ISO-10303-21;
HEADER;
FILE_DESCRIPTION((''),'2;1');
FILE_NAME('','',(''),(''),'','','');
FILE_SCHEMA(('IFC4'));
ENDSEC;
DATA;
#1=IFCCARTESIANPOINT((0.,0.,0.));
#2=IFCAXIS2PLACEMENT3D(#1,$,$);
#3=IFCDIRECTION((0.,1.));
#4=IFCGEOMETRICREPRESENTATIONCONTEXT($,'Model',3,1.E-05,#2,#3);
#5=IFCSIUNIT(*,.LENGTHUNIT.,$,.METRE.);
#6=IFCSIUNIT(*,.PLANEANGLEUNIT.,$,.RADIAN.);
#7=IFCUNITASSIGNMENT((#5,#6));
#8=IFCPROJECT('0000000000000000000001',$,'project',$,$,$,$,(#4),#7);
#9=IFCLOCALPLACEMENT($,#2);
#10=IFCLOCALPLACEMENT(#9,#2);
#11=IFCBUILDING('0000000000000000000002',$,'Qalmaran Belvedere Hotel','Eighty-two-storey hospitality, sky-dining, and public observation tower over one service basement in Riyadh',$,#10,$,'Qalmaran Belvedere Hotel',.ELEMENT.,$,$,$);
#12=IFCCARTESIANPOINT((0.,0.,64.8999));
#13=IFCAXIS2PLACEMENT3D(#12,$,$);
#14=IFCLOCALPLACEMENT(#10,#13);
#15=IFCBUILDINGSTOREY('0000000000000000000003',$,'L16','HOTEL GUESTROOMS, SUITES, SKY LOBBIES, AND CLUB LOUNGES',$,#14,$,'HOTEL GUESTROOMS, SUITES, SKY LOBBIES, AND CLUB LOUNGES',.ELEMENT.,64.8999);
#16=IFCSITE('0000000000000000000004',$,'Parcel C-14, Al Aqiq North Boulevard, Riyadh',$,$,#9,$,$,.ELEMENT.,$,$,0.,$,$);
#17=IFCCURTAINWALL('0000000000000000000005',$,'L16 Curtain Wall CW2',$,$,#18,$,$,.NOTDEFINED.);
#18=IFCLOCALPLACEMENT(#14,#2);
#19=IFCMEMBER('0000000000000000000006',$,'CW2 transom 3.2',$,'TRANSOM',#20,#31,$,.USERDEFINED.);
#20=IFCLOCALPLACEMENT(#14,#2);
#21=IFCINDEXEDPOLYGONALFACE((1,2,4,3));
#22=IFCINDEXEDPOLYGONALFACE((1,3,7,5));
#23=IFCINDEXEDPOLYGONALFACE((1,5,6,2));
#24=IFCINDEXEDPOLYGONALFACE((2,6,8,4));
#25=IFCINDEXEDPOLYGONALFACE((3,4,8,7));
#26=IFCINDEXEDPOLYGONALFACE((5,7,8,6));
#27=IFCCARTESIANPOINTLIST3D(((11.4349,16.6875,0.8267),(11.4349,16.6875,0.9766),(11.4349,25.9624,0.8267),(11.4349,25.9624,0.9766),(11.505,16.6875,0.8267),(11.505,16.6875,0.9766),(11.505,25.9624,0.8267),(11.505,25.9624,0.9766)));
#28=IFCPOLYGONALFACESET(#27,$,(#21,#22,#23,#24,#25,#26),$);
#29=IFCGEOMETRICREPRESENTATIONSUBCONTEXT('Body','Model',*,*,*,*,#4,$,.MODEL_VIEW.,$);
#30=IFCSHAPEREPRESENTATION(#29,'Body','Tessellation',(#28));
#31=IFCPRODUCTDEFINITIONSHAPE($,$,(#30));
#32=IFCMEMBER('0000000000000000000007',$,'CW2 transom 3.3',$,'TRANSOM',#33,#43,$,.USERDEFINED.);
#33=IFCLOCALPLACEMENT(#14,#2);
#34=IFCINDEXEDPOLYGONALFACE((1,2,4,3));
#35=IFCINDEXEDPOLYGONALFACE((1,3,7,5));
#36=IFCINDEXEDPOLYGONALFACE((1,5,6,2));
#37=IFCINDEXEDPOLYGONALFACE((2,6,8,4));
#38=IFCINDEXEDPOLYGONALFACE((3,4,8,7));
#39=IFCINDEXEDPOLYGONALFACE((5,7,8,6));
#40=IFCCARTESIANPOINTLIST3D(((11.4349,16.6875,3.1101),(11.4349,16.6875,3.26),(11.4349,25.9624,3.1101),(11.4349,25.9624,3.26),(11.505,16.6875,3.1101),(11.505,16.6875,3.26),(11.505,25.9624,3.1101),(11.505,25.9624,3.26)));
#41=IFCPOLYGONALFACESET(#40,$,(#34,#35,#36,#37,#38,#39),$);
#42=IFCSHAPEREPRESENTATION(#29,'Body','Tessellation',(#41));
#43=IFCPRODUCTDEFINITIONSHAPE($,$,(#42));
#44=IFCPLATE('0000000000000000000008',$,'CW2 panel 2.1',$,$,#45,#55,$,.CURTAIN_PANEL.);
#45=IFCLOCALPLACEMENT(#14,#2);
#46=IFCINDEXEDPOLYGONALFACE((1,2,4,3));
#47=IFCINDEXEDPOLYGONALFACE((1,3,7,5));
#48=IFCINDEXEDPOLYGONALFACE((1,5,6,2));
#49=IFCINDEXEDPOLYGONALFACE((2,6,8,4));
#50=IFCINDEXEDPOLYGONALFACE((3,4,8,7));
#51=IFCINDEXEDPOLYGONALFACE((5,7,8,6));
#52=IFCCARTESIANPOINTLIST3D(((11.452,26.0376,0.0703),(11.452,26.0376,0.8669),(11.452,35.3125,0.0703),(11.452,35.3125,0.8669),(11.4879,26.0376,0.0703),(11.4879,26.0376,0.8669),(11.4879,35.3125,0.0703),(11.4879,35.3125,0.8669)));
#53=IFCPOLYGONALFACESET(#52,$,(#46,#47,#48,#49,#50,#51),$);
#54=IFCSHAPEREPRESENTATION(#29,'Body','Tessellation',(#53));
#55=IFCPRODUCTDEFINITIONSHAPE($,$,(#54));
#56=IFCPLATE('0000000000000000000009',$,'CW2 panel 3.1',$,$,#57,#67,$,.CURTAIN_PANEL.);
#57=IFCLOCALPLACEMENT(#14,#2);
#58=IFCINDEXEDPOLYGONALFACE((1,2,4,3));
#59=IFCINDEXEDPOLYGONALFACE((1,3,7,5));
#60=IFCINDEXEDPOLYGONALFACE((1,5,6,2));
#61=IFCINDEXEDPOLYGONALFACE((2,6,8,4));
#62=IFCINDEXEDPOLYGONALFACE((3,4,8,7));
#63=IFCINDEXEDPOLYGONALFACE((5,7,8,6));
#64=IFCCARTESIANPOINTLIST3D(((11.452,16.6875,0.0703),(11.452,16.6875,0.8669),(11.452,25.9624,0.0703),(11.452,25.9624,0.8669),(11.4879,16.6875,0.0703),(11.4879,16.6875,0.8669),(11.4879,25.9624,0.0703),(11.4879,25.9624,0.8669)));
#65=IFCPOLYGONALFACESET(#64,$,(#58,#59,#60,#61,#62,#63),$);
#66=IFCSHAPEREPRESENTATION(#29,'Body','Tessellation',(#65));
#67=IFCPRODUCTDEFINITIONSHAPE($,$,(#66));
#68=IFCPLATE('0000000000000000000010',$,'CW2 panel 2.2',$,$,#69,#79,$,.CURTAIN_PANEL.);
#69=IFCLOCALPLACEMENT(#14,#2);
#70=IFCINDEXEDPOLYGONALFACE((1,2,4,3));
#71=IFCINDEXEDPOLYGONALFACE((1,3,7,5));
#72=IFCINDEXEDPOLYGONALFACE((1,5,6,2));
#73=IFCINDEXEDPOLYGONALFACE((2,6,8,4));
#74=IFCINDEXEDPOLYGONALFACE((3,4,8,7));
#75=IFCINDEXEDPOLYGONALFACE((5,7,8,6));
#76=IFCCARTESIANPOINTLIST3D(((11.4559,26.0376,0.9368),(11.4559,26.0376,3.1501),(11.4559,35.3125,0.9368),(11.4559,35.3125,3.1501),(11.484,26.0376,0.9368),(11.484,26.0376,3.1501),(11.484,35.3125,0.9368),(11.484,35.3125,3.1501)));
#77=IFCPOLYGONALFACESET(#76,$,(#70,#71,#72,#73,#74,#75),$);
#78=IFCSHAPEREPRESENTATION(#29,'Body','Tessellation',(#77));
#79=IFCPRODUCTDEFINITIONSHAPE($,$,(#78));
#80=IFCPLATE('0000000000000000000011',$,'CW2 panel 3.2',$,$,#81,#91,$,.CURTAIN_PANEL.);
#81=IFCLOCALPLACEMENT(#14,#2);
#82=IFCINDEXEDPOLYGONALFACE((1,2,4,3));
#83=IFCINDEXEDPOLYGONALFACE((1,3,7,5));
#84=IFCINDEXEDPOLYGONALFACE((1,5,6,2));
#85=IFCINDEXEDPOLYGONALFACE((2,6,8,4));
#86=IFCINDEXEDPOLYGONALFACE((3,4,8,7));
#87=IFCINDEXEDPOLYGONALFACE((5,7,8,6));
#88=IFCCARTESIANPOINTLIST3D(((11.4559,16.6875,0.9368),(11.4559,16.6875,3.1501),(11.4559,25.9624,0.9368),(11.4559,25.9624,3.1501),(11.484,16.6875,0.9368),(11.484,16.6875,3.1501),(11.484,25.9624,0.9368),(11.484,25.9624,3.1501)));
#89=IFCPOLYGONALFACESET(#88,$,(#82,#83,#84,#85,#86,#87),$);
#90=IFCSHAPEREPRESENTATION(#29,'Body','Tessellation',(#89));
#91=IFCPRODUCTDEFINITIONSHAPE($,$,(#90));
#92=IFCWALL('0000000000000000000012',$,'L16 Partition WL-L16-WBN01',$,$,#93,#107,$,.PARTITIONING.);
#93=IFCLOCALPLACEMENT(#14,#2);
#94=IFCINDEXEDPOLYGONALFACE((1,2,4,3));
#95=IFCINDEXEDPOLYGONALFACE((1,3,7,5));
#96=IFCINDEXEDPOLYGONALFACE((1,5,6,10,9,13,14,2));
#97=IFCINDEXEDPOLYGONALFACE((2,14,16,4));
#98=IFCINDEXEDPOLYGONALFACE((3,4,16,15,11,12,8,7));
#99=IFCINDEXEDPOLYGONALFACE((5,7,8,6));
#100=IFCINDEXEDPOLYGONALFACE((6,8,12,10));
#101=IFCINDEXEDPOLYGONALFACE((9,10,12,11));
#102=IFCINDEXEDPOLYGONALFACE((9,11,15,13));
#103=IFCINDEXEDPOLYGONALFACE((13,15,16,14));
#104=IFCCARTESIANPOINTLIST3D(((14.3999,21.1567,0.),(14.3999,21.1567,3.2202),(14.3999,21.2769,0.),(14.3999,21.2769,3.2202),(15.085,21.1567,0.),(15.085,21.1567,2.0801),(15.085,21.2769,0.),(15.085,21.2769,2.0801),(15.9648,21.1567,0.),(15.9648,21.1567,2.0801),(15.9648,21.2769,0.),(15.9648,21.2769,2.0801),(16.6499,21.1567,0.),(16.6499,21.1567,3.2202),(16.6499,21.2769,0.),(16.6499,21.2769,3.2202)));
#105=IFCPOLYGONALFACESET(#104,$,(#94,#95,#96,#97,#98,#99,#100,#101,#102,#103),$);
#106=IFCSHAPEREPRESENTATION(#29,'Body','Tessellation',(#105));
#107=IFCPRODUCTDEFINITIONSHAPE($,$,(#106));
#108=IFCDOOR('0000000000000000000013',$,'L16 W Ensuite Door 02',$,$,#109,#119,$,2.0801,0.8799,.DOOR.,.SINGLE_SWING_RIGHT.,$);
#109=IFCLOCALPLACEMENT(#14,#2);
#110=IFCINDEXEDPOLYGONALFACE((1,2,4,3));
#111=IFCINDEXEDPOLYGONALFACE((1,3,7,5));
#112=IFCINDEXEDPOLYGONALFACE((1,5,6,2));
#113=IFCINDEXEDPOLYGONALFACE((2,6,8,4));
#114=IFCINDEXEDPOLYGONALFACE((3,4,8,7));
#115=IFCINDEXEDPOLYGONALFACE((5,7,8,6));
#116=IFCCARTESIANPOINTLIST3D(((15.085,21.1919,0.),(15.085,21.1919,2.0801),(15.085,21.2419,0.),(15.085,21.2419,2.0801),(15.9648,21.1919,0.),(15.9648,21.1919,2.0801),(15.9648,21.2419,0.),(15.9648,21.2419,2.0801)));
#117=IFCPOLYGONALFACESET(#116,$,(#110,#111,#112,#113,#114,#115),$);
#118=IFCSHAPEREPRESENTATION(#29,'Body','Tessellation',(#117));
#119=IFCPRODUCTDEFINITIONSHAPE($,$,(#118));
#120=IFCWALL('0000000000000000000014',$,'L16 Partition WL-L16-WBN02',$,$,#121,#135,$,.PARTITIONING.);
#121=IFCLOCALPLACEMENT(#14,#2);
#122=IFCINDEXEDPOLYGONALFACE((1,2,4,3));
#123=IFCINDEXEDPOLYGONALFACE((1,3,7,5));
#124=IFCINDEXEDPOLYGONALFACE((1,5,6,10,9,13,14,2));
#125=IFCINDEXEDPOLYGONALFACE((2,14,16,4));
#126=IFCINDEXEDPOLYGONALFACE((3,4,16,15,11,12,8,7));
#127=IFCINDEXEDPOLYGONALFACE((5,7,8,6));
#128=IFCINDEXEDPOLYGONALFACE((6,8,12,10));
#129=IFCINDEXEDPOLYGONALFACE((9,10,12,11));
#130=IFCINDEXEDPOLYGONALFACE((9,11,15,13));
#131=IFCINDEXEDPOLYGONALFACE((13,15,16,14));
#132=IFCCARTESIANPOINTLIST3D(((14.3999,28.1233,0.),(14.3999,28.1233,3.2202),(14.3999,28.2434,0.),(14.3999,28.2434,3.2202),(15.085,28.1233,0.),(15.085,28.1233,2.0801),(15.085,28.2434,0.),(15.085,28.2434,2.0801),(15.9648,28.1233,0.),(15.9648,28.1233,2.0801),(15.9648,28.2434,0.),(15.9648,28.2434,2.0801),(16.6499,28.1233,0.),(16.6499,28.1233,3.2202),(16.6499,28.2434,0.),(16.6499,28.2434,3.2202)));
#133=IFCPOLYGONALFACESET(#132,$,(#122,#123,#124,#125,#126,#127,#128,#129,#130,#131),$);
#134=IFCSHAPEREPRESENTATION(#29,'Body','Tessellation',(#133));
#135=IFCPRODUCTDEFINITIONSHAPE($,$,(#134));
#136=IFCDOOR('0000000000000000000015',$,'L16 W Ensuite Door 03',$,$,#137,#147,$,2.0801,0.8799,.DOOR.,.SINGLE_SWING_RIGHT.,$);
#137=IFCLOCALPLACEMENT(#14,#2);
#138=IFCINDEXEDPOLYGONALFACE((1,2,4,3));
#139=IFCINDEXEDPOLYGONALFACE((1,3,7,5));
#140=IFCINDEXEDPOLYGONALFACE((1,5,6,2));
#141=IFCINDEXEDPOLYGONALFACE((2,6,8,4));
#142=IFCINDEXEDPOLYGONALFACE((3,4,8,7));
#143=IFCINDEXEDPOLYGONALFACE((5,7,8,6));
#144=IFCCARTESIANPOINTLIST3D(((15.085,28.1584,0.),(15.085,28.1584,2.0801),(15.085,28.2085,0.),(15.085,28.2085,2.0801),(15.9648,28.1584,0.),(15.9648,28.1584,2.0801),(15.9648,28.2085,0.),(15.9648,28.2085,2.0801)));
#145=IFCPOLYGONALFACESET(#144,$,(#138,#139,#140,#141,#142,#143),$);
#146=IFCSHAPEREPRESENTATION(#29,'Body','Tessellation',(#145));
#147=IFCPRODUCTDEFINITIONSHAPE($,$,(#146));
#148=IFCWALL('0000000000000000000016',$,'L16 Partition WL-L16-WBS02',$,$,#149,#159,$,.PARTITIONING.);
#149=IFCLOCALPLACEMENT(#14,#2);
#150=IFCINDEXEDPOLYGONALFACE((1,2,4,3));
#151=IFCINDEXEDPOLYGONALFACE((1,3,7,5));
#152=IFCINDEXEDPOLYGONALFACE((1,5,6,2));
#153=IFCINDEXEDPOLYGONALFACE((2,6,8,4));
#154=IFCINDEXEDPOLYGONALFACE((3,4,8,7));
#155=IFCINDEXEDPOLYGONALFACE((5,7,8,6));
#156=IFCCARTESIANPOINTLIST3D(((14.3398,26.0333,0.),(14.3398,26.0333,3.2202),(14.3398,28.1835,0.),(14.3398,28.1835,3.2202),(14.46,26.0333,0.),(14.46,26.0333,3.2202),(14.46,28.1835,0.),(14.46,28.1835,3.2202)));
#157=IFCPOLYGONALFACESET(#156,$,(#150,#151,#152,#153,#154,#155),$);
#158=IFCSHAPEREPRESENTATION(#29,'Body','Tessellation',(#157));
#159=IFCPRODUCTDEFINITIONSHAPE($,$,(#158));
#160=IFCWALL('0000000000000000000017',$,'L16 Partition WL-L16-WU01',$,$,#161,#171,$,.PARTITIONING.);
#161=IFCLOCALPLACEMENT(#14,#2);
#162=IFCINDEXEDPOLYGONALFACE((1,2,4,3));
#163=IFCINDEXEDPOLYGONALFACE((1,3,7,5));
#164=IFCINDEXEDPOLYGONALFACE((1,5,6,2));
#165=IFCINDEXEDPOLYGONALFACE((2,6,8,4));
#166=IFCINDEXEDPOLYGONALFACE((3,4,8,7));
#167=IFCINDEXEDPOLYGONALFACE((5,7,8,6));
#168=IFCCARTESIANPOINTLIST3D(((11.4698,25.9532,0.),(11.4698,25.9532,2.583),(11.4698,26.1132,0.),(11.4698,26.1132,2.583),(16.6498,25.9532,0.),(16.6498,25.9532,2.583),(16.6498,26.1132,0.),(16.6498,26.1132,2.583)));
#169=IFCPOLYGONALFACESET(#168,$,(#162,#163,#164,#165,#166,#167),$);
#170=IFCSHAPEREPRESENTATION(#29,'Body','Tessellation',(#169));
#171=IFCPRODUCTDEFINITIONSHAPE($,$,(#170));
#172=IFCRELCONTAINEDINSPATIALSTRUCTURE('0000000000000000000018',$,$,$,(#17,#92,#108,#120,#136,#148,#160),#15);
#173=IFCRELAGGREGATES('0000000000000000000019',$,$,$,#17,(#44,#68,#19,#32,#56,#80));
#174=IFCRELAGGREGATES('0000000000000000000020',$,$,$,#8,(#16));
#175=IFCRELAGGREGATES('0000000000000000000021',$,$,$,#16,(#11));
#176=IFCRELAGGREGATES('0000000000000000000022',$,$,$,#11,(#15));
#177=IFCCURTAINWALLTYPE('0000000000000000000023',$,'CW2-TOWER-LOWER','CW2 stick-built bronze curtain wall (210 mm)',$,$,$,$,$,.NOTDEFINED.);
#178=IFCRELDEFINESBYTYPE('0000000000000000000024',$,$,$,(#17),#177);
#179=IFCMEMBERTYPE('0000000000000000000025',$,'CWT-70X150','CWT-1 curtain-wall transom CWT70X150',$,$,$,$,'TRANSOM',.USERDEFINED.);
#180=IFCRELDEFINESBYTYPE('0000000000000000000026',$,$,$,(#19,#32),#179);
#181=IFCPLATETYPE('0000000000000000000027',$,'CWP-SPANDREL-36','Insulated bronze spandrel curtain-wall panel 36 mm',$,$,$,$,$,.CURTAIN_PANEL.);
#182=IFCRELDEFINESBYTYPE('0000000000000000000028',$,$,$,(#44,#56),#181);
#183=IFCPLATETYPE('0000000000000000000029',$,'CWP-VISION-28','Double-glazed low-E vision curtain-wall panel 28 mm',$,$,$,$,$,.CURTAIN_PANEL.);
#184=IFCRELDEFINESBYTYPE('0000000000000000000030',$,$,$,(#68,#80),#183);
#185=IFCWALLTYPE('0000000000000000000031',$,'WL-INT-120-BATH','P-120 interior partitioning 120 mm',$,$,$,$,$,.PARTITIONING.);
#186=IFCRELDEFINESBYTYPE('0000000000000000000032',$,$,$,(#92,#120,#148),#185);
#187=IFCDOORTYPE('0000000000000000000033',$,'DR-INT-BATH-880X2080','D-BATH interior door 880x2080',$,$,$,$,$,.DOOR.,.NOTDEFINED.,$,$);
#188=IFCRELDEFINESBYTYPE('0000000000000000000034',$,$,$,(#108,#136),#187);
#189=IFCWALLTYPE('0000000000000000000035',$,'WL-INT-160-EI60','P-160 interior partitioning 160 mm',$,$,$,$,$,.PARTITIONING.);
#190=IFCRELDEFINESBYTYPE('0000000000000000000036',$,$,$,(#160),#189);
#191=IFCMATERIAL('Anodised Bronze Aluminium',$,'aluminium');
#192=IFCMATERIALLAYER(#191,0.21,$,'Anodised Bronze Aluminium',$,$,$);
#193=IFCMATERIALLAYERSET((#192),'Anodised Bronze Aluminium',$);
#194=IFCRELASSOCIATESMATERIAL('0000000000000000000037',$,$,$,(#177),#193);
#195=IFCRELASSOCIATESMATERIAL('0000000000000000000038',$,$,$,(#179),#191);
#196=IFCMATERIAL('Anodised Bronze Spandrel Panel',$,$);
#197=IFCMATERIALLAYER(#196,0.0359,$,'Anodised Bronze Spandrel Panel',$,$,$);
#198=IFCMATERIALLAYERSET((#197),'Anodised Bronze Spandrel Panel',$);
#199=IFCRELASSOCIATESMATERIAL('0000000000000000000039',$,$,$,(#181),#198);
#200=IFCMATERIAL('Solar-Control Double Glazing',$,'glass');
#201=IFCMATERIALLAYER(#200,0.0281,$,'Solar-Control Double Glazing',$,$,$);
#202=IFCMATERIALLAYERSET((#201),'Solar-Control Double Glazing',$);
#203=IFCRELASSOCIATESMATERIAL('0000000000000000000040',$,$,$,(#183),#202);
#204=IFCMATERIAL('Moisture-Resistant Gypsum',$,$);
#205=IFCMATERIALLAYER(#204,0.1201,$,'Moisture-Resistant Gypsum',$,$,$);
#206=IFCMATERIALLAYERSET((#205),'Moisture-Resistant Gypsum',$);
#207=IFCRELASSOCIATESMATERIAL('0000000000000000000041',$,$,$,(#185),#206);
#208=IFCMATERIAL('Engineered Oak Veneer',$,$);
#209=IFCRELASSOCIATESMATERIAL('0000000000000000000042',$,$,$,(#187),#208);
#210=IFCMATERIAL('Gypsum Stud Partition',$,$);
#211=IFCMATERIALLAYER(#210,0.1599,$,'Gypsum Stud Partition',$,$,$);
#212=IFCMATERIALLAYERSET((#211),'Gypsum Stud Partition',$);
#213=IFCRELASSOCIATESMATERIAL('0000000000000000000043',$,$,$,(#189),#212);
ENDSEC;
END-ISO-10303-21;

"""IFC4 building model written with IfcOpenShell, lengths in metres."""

from ifc_helpers import new_model, si_unit, direction, frame, frame_2d, origin, origin_2d, place, context, subcontext, project, spatial, rectangle, extrude, material, layer, layer_set, material_profile, profile_set, type_object, element, fill, aggregate, save


model = new_model("IFC4")

# Units and contexts
model_context = context("Model", 3, precision=1e-05, world=origin(), true_north=direction((0.0, 1.0)))
body_context = subcontext(model_context, "Body", "Model", "MODEL_VIEW")
ifc_project = project(units=[si_unit("LENGTHUNIT", "METRE"), si_unit("PLANEANGLEUNIT", "RADIAN")], contexts=[model_context])

# Site, building, storey
site_placement = place(None, origin())
site = spatial("IfcSite", under=ifc_project, at=site_placement, Name="Parcel C-14, Al Aqiq North Boulevard, Riyadh", CompositionType="ELEMENT", RefElevation=0.0)
building_placement = place(site_placement, origin())
building = spatial("IfcBuilding", under=site, at=building_placement, Name="Qalmaran Belvedere Hotel", Description="Eighty-two-storey hospitality, sky-dining, and public observation tower over one service basement in Riyadh", LongName="Qalmaran Belvedere Hotel", CompositionType="ELEMENT")
storey_placement = place(building_placement, frame((0.0, 0.0, 64.8999)))
storey = spatial("IfcBuildingStorey", under=building, at=storey_placement, Name="L16", Description="HOTEL GUESTROOMS, SUITES, SKY LOBBIES, AND CLUB LOUNGES", LongName="HOTEL GUESTROOMS, SUITES, SKY LOBBIES, AND CLUB LOUNGES", CompositionType="ELEMENT", Elevation=64.8999)

# Curtain wall, members, plates
ifc_material_1 = material(Name="Anodised Bronze Aluminium", Category="aluminium")
ifc_layer_1 = layer(ifc_material_1, 0.21, Name="Anodised Bronze Aluminium")
ifc_layer_set_1 = layer_set([ifc_layer_1], Name="Anodised Bronze Aluminium")
curtain_wall_type = type_object("IfcCurtainWallType", Name="CW2-TOWER-LOWER", Description="CW2 stick-built bronze curtain wall (210 mm)", PredefinedType="NOTDEFINED", material=ifc_layer_set_1)
curtain_wall_placement = place(storey_placement, origin())
curtain_wall = element("IfcCurtainWall", 1, at=curtain_wall_placement, inside=storey, type_object=curtain_wall_type, Name="L16 Curtain Wall CW2", PredefinedType="NOTDEFINED")
ifc_material_profile_1 = material_profile(ifc_material_1, rectangle(XDim=0.0701, YDim=0.1499, at=origin_2d()), Name="CWT70X150")
ifc_profile_set_1 = profile_set([ifc_material_profile_1], Name="Anodised Bronze Aluminium")
member_type_1 = type_object("IfcMemberType", Name="CWT-70X150", Description="CWT-1 curtain-wall transom CWT70X150", ElementType="TRANSOM", PredefinedType="USERDEFINED", material=ifc_profile_set_1)
member_1_placement = place(storey_placement, frame((11.47, 25.9624, 0.9016), z_axis=(0.0, -1.0, 0.0), x_axis=(1.0, 0.0, 0.0)))
member_1 = element("IfcMember", 2, at=member_1_placement, type_object=member_type_1, Name="CW2 transom 3.2", ObjectType="TRANSOM", PredefinedType="USERDEFINED", context=body_context, shape_type="SweptSolid", body=[
    extrude(rectangle(XDim=0.0701, YDim=0.1499, at=origin_2d()), origin(), (0.0, 0.0, 1.0), 9.2749),
])
member_2_placement = place(storey_placement, frame((11.47, 25.9624, 3.1851), z_axis=(0.0, -1.0, 0.0), x_axis=(1.0, 0.0, 0.0)))
member_2 = element("IfcMember", 3, at=member_2_placement, type_object=member_type_1, Name="CW2 transom 3.3", ObjectType="TRANSOM", PredefinedType="USERDEFINED", context=body_context, shape_type="SweptSolid", body=[
    extrude(rectangle(XDim=0.0701, YDim=0.1499, at=origin_2d()), origin(), (0.0, 0.0, 1.0), 9.2749),
])
ifc_material_2 = material(Name="Anodised Bronze Spandrel Panel")
ifc_layer_2 = layer(ifc_material_2, 0.0359, Name="Anodised Bronze Spandrel Panel")
ifc_layer_set_2 = layer_set([ifc_layer_2], Name="Anodised Bronze Spandrel Panel")
plate_type_1 = type_object("IfcPlateType", Name="CWP-SPANDREL-36", Description="Insulated bronze spandrel curtain-wall panel 36 mm", PredefinedType="CURTAIN_PANEL", material=ifc_layer_set_2)
plate_1_placement = place(storey_placement, frame((11.47, 30.675, 0.0703), z_axis=(0.0, 0.0, 1.0), x_axis=(0.0, -1.0, 0.0)))
plate_1 = element("IfcPlate", 4, at=plate_1_placement, type_object=plate_type_1, Name="CW2 panel 2.1", PredefinedType="CURTAIN_PANEL", context=body_context, shape_type="SweptSolid", body=[
    extrude(rectangle(XDim=9.2749, YDim=0.0359, at=origin_2d()), origin(), (0.0, 0.0, 1.0), 0.7966),
])
plate_2_placement = place(storey_placement, frame((11.47, 21.325, 0.0703), z_axis=(0.0, 0.0, 1.0), x_axis=(0.0, -1.0, 0.0)))
plate_2 = element("IfcPlate", 5, at=plate_2_placement, type_object=plate_type_1, Name="CW2 panel 3.1", PredefinedType="CURTAIN_PANEL", context=body_context, shape_type="SweptSolid", body=[
    extrude(rectangle(XDim=9.2749, YDim=0.0359, at=origin_2d()), origin(), (0.0, 0.0, 1.0), 0.7966),
])
ifc_material_3 = material(Name="Solar-Control Double Glazing", Category="glass")
ifc_layer_3 = layer(ifc_material_3, 0.0281, Name="Solar-Control Double Glazing")
ifc_layer_set_3 = layer_set([ifc_layer_3], Name="Solar-Control Double Glazing")
plate_type_2 = type_object("IfcPlateType", Name="CWP-VISION-28", Description="Double-glazed low-E vision curtain-wall panel 28 mm", PredefinedType="CURTAIN_PANEL", material=ifc_layer_set_3)
plate_3_placement = place(storey_placement, frame((11.47, 30.675, 0.9368), z_axis=(0.0, 0.0, 1.0), x_axis=(0.0, -1.0, 0.0)))
plate_3 = element("IfcPlate", 6, at=plate_3_placement, type_object=plate_type_2, Name="CW2 panel 2.2", PredefinedType="CURTAIN_PANEL", context=body_context, shape_type="SweptSolid", body=[
    extrude(rectangle(XDim=9.2749, YDim=0.0281, at=origin_2d()), origin(), (0.0, 0.0, 1.0), 2.2134),
])
plate_4_placement = place(storey_placement, frame((11.47, 21.325, 0.9368), z_axis=(0.0, 0.0, 1.0), x_axis=(0.0, -1.0, 0.0)))
plate_4 = element("IfcPlate", 7, at=plate_4_placement, type_object=plate_type_2, Name="CW2 panel 3.2", PredefinedType="CURTAIN_PANEL", context=body_context, shape_type="SweptSolid", body=[
    extrude(rectangle(XDim=9.2749, YDim=0.0281, at=origin_2d()), origin(), (0.0, 0.0, 1.0), 2.2134),
])
aggregate(curtain_wall, [plate_1, plate_3, member_1, member_2, plate_2, plate_4])

# Walls, openings, doors
ifc_material_4 = material(Name="Moisture-Resistant Gypsum")
ifc_layer_4 = layer(ifc_material_4, 0.1201, Name="Moisture-Resistant Gypsum")
ifc_layer_set_4 = layer_set([ifc_layer_4], Name="Moisture-Resistant Gypsum")
wall_type_1 = type_object("IfcWallType", Name="WL-INT-120-BATH", Description="P-120 interior partitioning 120 mm", PredefinedType="PARTITIONING", material=ifc_layer_set_4)
wall_1_placement = place(storey_placement, frame((14.3999, 21.2168, 0.0), z_axis=(0.0, 0.0, 1.0), x_axis=(1.0, 0.0, 0.0)))
wall_1 = element("IfcWall", 8, at=wall_1_placement, inside=storey, type_object=wall_type_1, Name="L16 Partition WL-L16-WBN01", PredefinedType="PARTITIONING", context=body_context, shape_type="SweptSolid", body=[
    extrude(rectangle(XDim=2.25, YDim=0.1201, at=frame_2d((1.125, 0.0))), origin(), (0.0, 0.0, 1.0), 3.2202),
])
opening_1_placement = place(wall_1_placement, frame((1.5649, 0.0, 0.0), z_axis=(0.0, 0.0, 1.0), x_axis=(-1.0, 0.0, 0.0)))
opening_1 = element("IfcOpeningElement", 9, at=opening_1_placement, cuts=wall_1, PredefinedType="OPENING", context=body_context, shape_type="SweptSolid", body=[
    extrude(rectangle(XDim=0.8799, YDim=2.0801, at=frame_2d((0.4399, 1.04))), frame((0.0, 0.0701, 0.0), z_axis=(0.0, -1.0, 0.0), x_axis=(1.0, 0.0, 0.0)), (0.0, 0.0, 1.0), 0.1401),
])
ifc_material_5 = material(Name="Engineered Oak Veneer")
door_type_1 = type_object("IfcDoorType", Name="DR-INT-BATH-880X2080", Description="D-BATH interior door 880x2080", OperationType="NOTDEFINED", PredefinedType="DOOR", material=ifc_material_5)
door_1_placement = place(opening_1_placement, origin())
door_1 = element("IfcDoor", 10, at=door_1_placement, inside=storey, type_object=door_type_1, Name="L16 W Ensuite Door 02", OperationType="SINGLE_SWING_RIGHT", OverallHeight=2.0801, OverallWidth=0.8799, PredefinedType="DOOR", context=body_context, shape_type="SweptSolid", body=[
    extrude(rectangle(XDim=0.8799, YDim=2.0801, at=frame_2d((0.4399, 1.04))), frame((0.0, 0.0249, 0.0), z_axis=(0.0, -1.0, 0.0), x_axis=(1.0, 0.0, 0.0)), (0.0, 0.0, 1.0), 0.05),
])
fill(opening_1, door_1)
wall_2_placement = place(storey_placement, frame((14.3999, 28.1833, 0.0), z_axis=(0.0, 0.0, 1.0), x_axis=(1.0, 0.0, 0.0)))
wall_2 = element("IfcWall", 11, at=wall_2_placement, inside=storey, type_object=wall_type_1, Name="L16 Partition WL-L16-WBN02", PredefinedType="PARTITIONING", context=body_context, shape_type="SweptSolid", body=[
    extrude(rectangle(XDim=2.25, YDim=0.1201, at=frame_2d((1.125, 0.0))), origin(), (0.0, 0.0, 1.0), 3.2202),
])
opening_2_placement = place(wall_2_placement, frame((1.5649, 0.0, 0.0), z_axis=(0.0, 0.0, 1.0), x_axis=(-1.0, 0.0, 0.0)))
opening_2 = element("IfcOpeningElement", 12, at=opening_2_placement, cuts=wall_2, PredefinedType="OPENING", context=body_context, shape_type="SweptSolid", body=[
    extrude(rectangle(XDim=0.8799, YDim=2.0801, at=frame_2d((0.4399, 1.04))), frame((0.0, 0.0701, 0.0), z_axis=(0.0, -1.0, 0.0), x_axis=(1.0, 0.0, 0.0)), (0.0, 0.0, 1.0), 0.1401),
])
door_2_placement = place(opening_2_placement, origin())
door_2 = element("IfcDoor", 13, at=door_2_placement, inside=storey, type_object=door_type_1, Name="L16 W Ensuite Door 03", OperationType="SINGLE_SWING_RIGHT", OverallHeight=2.0801, OverallWidth=0.8799, PredefinedType="DOOR", context=body_context, shape_type="SweptSolid", body=[
    extrude(rectangle(XDim=0.8799, YDim=2.0801, at=frame_2d((0.4399, 1.04))), frame((0.0, 0.0249, 0.0), z_axis=(0.0, -1.0, 0.0), x_axis=(1.0, 0.0, 0.0)), (0.0, 0.0, 1.0), 0.05),
])
fill(opening_2, door_2)

# Wall
wall_3_placement = place(storey_placement, frame((14.3999, 26.0332, 0.0), z_axis=(0.0, 0.0, 1.0), x_axis=(0.0, 1.0, 0.0)))
element("IfcWall", 14, at=wall_3_placement, inside=storey, type_object=wall_type_1, Name="L16 Partition WL-L16-WBS02", PredefinedType="PARTITIONING", context=body_context, shape_type="SweptSolid", body=[
    extrude(rectangle(XDim=2.1501, YDim=0.1201, at=frame_2d((1.0752, 0.0))), origin(), (0.0, 0.0, 1.0), 3.2202),
])

# Shared definitions
ifc_material_6 = material(Name="Gypsum Stud Partition")

# Wall
ifc_layer_5 = layer(ifc_material_6, 0.1599, Name="Gypsum Stud Partition")
ifc_layer_set_5 = layer_set([ifc_layer_5], Name="Gypsum Stud Partition")
wall_type_2 = type_object("IfcWallType", Name="WL-INT-160-EI60", Description="P-160 interior partitioning 160 mm", PredefinedType="PARTITIONING", material=ifc_layer_set_5)
wall_4_placement = place(storey_placement, frame((11.47, 26.0332, 0.0), z_axis=(0.0, 0.0, 1.0), x_axis=(1.0, 0.0, 0.0)))
element("IfcWall", 15, at=wall_4_placement, inside=storey, type_object=wall_type_2, Name="L16 Partition WL-L16-WU01", PredefinedType="PARTITIONING", context=body_context, shape_type="SweptSolid", body=[
    extrude(rectangle(XDim=5.1799, YDim=0.1599, at=frame_2d((2.5898, 0.0))), origin(), (0.0, 0.0, 1.0), 2.583),
])

save(model, "model.ifc")
